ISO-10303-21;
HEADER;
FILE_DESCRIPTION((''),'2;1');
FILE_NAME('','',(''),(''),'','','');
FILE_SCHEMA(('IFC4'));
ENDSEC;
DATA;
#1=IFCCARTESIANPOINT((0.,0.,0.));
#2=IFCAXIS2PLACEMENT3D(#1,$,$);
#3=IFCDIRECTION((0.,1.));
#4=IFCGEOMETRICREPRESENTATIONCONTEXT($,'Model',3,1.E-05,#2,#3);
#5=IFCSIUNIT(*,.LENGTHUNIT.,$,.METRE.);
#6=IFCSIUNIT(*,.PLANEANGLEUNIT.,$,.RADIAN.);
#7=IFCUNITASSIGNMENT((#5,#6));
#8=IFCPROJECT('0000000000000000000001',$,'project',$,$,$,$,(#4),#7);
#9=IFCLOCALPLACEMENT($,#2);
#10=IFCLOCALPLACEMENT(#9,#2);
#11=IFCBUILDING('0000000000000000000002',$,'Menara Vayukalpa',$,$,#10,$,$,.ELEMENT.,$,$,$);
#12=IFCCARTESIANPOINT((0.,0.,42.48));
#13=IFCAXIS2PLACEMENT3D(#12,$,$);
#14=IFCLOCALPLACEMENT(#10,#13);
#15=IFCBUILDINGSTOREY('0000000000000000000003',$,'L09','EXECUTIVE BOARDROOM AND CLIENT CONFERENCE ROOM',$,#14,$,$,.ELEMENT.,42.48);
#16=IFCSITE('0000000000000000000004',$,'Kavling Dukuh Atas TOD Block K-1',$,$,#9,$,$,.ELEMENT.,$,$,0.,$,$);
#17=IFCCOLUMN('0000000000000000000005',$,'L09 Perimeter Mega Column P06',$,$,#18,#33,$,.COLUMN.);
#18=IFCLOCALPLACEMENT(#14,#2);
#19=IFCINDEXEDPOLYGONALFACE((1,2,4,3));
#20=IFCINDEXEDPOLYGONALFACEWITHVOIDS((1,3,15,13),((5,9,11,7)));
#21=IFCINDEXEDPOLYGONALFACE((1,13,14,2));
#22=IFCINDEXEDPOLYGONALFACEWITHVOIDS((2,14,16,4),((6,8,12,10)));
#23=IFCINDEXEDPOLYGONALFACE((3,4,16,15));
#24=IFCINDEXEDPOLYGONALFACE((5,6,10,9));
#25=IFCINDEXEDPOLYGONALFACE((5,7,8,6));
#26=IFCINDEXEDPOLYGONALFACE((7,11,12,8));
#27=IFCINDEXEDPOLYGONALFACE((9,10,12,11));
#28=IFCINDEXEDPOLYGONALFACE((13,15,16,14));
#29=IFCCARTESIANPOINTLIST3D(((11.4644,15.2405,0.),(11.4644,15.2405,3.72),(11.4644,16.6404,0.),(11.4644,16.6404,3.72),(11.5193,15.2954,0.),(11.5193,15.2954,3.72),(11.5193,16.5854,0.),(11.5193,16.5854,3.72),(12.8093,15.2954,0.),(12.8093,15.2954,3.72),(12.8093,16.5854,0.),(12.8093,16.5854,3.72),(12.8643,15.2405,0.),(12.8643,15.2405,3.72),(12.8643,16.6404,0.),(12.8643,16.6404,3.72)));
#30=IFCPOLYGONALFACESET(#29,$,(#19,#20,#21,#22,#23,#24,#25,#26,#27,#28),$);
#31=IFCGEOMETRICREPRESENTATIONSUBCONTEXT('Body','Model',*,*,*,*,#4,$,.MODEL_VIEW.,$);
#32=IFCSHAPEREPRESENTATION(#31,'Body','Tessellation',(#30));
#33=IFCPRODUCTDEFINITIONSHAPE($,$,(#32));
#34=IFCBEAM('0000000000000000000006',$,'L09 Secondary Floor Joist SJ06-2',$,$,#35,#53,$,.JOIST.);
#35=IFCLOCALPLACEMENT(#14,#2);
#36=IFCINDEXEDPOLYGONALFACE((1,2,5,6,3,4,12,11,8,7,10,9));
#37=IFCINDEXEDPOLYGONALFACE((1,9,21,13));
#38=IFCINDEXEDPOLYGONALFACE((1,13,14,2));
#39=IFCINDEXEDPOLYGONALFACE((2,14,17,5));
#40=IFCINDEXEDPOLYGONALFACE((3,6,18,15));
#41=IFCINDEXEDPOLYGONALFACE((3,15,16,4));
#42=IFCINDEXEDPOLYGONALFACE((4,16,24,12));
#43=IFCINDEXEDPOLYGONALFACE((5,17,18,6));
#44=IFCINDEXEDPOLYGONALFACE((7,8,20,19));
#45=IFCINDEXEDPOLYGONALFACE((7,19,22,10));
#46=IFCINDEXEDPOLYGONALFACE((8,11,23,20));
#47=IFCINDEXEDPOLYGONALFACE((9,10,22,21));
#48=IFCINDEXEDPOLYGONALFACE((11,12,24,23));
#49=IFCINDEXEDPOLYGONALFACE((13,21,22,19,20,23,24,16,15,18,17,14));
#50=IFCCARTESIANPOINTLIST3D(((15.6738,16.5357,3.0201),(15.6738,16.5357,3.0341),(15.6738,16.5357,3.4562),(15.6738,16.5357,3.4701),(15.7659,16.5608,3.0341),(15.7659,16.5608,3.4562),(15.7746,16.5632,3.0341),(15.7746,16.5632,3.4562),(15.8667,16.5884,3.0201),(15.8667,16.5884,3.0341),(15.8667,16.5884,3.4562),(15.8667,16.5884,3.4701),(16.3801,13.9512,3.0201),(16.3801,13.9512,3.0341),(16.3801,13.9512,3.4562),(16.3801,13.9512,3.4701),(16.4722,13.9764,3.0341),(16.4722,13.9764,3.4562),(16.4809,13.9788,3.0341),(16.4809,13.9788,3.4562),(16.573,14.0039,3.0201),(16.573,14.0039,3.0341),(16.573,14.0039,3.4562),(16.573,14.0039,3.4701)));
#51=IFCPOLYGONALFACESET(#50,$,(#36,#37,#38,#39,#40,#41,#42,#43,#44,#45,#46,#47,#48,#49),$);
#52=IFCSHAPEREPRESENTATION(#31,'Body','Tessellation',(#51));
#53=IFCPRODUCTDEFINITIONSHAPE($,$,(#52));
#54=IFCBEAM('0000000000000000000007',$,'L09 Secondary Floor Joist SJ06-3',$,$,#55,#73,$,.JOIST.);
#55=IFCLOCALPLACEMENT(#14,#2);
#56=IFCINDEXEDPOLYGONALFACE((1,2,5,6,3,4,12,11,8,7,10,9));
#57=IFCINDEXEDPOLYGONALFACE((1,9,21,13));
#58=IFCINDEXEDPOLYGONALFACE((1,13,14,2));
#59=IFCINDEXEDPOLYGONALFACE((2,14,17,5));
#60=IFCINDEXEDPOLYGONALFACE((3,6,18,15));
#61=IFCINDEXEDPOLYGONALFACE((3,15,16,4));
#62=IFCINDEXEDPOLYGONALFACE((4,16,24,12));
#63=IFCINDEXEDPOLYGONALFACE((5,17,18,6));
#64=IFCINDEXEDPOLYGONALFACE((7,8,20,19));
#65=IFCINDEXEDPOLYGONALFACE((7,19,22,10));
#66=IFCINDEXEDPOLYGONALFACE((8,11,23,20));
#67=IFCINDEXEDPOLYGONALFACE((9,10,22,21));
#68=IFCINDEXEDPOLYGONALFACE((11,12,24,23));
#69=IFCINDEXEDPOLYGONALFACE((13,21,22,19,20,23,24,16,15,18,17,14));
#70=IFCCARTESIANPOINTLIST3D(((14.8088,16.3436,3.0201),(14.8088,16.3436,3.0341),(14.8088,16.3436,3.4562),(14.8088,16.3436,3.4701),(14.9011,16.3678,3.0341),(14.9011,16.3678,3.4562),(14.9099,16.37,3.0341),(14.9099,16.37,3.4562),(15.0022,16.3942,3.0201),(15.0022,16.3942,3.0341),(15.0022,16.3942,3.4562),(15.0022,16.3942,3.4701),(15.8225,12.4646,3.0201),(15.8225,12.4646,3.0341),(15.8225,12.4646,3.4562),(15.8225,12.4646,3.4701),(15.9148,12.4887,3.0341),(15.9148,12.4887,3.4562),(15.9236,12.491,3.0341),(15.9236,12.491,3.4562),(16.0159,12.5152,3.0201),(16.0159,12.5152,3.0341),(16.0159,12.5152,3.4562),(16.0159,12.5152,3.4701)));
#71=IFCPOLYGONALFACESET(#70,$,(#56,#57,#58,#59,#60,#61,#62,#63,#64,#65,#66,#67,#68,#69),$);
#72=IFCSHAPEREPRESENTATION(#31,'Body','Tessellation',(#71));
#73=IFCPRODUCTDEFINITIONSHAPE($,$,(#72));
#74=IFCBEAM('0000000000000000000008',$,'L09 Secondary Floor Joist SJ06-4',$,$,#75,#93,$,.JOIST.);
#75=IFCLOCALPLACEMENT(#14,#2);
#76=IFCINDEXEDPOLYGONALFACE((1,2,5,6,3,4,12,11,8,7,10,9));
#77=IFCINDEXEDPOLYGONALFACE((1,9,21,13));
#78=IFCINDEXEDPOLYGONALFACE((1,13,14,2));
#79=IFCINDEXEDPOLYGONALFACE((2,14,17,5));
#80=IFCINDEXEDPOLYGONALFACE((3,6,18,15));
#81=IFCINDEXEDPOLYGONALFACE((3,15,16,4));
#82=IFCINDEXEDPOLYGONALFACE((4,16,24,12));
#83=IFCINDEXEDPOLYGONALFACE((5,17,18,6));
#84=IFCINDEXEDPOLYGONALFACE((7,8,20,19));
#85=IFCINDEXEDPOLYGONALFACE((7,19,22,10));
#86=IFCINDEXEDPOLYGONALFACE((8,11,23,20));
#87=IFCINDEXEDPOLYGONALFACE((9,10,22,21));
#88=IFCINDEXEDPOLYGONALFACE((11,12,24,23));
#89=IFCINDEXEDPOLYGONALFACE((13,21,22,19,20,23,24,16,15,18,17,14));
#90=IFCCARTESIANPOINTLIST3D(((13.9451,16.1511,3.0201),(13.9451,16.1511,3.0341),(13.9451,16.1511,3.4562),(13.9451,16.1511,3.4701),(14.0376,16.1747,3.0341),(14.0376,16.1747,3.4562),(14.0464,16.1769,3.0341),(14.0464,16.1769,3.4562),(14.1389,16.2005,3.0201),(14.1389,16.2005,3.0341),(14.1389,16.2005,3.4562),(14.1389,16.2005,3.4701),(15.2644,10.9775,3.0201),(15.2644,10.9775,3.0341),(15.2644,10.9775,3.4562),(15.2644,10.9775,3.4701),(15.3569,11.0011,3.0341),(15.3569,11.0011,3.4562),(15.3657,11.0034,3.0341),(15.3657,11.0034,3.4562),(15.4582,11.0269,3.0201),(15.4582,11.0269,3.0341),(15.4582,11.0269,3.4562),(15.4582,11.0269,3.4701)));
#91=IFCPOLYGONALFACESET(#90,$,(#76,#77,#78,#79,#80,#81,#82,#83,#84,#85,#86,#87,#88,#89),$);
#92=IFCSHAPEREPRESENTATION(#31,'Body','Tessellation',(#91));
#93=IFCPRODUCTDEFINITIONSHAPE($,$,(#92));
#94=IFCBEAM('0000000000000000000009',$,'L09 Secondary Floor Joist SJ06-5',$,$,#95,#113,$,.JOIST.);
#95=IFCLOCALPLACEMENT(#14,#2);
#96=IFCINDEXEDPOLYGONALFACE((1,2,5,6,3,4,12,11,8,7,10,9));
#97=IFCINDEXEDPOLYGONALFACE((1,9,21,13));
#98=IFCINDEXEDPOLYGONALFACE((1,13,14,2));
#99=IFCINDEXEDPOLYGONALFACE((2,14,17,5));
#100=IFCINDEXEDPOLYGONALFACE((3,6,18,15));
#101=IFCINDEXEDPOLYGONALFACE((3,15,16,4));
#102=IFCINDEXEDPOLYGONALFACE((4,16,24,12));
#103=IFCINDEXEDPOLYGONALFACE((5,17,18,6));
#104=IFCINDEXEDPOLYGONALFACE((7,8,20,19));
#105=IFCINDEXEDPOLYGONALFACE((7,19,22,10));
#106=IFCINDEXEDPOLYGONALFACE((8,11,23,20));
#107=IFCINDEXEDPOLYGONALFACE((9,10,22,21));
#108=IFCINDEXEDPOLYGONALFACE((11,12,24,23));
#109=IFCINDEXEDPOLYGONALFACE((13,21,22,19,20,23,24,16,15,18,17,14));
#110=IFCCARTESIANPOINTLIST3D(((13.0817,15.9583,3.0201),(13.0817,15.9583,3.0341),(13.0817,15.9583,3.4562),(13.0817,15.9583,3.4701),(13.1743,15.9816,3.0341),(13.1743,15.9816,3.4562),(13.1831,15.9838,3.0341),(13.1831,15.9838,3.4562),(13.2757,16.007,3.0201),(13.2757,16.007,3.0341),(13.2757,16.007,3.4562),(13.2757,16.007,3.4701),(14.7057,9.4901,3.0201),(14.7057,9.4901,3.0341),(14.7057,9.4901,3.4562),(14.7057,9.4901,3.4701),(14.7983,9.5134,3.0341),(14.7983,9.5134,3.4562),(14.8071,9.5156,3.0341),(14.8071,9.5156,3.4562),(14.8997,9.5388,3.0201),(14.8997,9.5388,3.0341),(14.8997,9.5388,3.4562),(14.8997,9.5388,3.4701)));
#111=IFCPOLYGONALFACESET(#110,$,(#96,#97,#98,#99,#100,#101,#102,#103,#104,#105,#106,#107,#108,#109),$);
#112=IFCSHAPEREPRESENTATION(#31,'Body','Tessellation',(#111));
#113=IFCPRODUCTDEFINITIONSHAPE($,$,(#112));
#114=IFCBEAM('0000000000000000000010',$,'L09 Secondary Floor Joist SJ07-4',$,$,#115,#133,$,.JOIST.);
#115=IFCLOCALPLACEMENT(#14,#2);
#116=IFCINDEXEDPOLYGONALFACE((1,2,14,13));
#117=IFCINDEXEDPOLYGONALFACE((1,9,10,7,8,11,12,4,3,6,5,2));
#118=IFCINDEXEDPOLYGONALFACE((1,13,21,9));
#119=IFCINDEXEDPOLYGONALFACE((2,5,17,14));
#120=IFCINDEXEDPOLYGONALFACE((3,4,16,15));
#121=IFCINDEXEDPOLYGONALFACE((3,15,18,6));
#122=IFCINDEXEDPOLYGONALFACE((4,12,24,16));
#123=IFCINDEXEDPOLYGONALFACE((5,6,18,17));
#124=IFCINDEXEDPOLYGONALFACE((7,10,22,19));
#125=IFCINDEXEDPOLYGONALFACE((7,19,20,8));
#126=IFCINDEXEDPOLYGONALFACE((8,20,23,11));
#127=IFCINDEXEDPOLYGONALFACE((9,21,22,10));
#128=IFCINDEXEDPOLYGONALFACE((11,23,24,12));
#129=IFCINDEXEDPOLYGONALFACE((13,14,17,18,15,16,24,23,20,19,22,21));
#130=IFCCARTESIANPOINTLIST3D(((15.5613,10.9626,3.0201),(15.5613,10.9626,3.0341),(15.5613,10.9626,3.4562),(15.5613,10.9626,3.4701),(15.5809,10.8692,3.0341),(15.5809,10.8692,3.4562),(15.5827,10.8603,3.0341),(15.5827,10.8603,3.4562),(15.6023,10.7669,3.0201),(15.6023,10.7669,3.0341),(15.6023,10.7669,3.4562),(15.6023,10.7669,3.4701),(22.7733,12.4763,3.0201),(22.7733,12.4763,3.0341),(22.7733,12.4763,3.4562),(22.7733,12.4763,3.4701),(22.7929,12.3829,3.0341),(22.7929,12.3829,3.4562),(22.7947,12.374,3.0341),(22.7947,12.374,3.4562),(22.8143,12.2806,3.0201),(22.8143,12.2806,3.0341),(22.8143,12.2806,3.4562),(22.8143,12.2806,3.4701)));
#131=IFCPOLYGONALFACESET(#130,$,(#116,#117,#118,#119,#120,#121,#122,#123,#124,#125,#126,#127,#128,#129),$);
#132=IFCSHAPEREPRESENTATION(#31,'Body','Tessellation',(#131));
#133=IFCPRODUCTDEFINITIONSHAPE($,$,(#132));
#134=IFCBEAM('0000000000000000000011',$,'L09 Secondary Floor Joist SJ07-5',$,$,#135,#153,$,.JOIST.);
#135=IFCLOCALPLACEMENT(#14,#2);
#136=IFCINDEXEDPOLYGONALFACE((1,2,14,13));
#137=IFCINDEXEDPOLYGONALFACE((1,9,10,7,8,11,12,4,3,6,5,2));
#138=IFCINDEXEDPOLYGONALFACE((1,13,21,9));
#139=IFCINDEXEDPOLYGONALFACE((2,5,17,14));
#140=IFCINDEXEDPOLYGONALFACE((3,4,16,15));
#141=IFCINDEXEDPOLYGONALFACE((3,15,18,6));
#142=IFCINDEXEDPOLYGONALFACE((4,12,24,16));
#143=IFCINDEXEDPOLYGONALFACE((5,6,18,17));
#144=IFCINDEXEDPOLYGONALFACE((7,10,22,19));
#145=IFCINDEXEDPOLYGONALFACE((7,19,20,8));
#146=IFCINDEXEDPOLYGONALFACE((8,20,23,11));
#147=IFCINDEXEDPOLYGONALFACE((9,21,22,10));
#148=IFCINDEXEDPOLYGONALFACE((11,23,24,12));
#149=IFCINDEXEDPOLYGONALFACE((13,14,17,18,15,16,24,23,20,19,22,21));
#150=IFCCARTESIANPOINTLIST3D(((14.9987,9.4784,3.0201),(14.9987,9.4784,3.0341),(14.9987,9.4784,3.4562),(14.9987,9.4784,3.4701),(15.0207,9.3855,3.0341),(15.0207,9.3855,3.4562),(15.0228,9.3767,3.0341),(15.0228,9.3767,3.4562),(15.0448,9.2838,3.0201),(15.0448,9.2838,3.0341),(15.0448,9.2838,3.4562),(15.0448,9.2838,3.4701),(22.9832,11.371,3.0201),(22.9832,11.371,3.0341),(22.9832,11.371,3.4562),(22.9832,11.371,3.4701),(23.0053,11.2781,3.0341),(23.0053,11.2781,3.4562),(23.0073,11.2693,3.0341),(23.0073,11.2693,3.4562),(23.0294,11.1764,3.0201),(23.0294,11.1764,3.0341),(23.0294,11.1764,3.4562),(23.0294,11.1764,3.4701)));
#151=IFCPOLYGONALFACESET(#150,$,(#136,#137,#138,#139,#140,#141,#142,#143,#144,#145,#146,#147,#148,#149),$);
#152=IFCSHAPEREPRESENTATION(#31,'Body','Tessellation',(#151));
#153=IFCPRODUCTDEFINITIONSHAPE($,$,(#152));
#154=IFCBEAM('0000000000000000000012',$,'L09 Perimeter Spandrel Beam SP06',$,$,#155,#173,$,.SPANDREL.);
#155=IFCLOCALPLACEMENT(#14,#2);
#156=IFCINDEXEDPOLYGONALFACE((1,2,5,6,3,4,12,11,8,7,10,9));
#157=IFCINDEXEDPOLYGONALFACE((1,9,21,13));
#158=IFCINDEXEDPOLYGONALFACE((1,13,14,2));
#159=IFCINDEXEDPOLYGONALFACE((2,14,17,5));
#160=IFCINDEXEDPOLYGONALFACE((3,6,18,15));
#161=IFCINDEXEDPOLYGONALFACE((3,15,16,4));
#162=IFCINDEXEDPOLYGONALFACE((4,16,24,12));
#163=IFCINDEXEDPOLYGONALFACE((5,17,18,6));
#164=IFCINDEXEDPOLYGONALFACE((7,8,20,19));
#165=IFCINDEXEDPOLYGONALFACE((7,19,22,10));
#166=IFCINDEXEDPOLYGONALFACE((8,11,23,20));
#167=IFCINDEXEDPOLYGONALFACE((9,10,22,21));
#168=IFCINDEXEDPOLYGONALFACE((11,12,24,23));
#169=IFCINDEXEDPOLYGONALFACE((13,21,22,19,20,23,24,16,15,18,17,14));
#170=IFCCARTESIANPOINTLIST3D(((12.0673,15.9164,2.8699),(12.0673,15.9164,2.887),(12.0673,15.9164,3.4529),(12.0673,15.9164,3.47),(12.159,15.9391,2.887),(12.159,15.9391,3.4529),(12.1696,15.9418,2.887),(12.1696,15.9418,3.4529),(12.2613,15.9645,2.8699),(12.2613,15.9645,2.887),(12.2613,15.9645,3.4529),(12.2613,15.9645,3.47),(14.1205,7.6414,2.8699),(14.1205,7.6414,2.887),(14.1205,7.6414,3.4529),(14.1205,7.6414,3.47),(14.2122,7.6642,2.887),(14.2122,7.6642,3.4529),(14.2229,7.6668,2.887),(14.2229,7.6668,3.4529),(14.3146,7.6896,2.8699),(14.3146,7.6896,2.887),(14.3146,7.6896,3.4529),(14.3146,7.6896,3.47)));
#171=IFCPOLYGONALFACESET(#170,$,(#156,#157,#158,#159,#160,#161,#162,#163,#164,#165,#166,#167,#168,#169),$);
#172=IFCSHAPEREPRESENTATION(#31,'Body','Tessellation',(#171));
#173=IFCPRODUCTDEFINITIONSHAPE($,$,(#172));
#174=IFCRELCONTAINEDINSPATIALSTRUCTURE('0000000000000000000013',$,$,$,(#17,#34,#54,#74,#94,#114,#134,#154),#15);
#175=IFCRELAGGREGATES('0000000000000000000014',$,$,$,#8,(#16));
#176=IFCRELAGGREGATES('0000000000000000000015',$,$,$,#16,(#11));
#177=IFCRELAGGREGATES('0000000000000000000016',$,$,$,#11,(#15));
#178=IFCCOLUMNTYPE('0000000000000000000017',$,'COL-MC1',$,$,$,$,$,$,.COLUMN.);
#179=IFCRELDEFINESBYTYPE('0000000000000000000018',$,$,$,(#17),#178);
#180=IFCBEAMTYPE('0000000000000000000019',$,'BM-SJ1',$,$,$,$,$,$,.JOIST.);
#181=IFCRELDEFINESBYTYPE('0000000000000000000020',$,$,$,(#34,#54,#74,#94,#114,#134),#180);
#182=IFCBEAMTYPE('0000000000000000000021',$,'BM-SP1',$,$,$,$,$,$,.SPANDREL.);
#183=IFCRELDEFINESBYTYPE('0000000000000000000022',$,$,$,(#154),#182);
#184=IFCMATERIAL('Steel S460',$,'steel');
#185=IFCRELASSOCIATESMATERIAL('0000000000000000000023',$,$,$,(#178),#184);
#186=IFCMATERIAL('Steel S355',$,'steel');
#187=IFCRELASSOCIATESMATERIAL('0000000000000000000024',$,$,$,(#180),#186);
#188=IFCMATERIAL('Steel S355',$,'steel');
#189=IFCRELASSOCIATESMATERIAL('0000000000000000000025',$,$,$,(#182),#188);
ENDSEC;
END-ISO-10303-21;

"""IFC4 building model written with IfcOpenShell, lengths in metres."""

from ifc_helpers import new_model, si_unit, direction, frame, origin, origin_2d, place, context, subcontext, project, spatial, hollow_rectangle, i_section, extrude, material, material_profile, profile_set, type_object, element, save


model = new_model("IFC4")

# Units and contexts
model_context = context("Model", 3, precision=1e-05, world=origin(), true_north=direction((0.0, 1.0)))
body_context = subcontext(model_context, "Body", "Model", "MODEL_VIEW")
ifc_project = project(units=[si_unit("LENGTHUNIT", "METRE"), si_unit("PLANEANGLEUNIT", "RADIAN")], contexts=[model_context])

# Site, building, storey
site_placement = place(None, origin())
site = spatial("IfcSite", under=ifc_project, at=site_placement, Name="Kavling Dukuh Atas TOD Block K-1", CompositionType="ELEMENT", RefElevation=0.0)
building_placement = place(site_placement, origin())
building = spatial("IfcBuilding", under=site, at=building_placement, Name="Menara Vayukalpa", CompositionType="ELEMENT")
storey_placement = place(building_placement, frame((0.0, 0.0, 42.48)))
storey = spatial("IfcBuildingStorey", under=building, at=storey_placement, Name="L09", Description="EXECUTIVE BOARDROOM AND CLIENT CONFERENCE ROOM", CompositionType="ELEMENT", Elevation=42.48)

# Column
ifc_material_1 = material(Name="Steel S460", Category="steel")
ifc_material_profile_1 = material_profile(ifc_material_1, hollow_rectangle(XDim=1.3999, YDim=1.3999, WallThickness=0.0549, at=origin_2d()), Name="BOX 1400x1400x55")
ifc_profile_set_1 = profile_set([ifc_material_profile_1], Name="Steel S460")
column_type = type_object("IfcColumnType", Name="COL-MC1", PredefinedType="COLUMN", material=ifc_profile_set_1)
column_placement = place(storey_placement, frame((12.1643, 15.9404, 0.0), z_axis=(0.0, 0.0, 1.0), x_axis=(1.0, 0.0, 0.0)))
element("IfcColumn", 1, at=column_placement, inside=storey, type_object=column_type, Name="L09 Perimeter Mega Column P06", PredefinedType="COLUMN", context=body_context, shape_type="SweptSolid", body=[
    extrude(hollow_rectangle(XDim=1.3999, YDim=1.3999, WallThickness=0.0549, at=origin_2d()), origin(), (0.0, 0.0, 1.0), 3.72),
])

# Beams
ifc_material_2 = material(Name="Steel S355", Category="steel")
ifc_material_profile_2 = material_profile(ifc_material_2, i_section(OverallWidth=0.2, OverallDepth=0.45, WebThickness=0.009, FlangeThickness=0.0139, at=origin_2d()), Name="WF 450x200x9x14")
ifc_profile_set_2 = profile_set([ifc_material_profile_2], Name="Steel S355")
beam_type_1 = type_object("IfcBeamType", Name="BM-SJ1", PredefinedType="JOIST", material=ifc_profile_set_2)
beam_1_placement = place(storey_placement, frame((15.7703, 16.562, 3.2451), z_axis=(0.263619, -0.964627, 0.0), x_axis=(0.964627, 0.263619, 0.0)))
element("IfcBeam", 2, at=beam_1_placement, inside=storey, type_object=beam_type_1, Name="L09 Secondary Floor Joist SJ06-2", PredefinedType="JOIST", context=body_context, shape_type="SweptSolid", body=[
    extrude(i_section(OverallWidth=0.2, OverallDepth=0.45, WebThickness=0.009, FlangeThickness=0.0139, at=origin_2d()), origin(), (0.0, 0.0, 1.0), 2.6792),
])
beam_2_placement = place(storey_placement, frame((14.9055, 16.3689, 3.2451), z_axis=(0.252838, -0.967509, 0.0), x_axis=(0.967509, 0.252838, 0.0)))
element("IfcBeam", 3, at=beam_2_placement, inside=storey, type_object=beam_type_1, Name="L09 Secondary Floor Joist SJ06-3", PredefinedType="JOIST", context=body_context, shape_type="SweptSolid", body=[
    extrude(i_section(OverallWidth=0.2, OverallDepth=0.45, WebThickness=0.009, FlangeThickness=0.0139, at=origin_2d()), origin(), (0.0, 0.0, 1.0), 4.0093),
])
beam_3_placement = place(storey_placement, frame((14.042, 16.1758, 3.2451), z_axis=(0.247106, -0.968989, 0.0), x_axis=(0.968989, 0.247106, 0.0)))
element("IfcBeam", 4, at=beam_3_placement, inside=storey, type_object=beam_type_1, Name="L09 Secondary Floor Joist SJ06-4", PredefinedType="JOIST", context=body_context, shape_type="SweptSolid", body=[
    extrude(i_section(OverallWidth=0.2, OverallDepth=0.45, WebThickness=0.009, FlangeThickness=0.0139, at=origin_2d()), origin(), (0.0, 0.0, 1.0), 5.3391),
])
beam_4_placement = place(storey_placement, frame((13.1787, 15.9827, 3.2451), z_axis=(0.243517, -0.969897, 0.0), x_axis=(0.969897, 0.243517, 0.0)))
element("IfcBeam", 5, at=beam_4_placement, inside=storey, type_object=beam_type_1, Name="L09 Secondary Floor Joist SJ06-5", PredefinedType="JOIST", context=body_context, shape_type="SweptSolid", body=[
    extrude(i_section(OverallWidth=0.2, OverallDepth=0.45, WebThickness=0.009, FlangeThickness=0.0139, at=origin_2d()), origin(), (0.0, 0.0, 1.0), 6.6689),
])
beam_5_placement = place(storey_placement, frame((15.5818, 10.8647, 3.2451), z_axis=(0.978676, 0.205409, 0.0), x_axis=(-0.205409, 0.978676, 0.0)))
element("IfcBeam", 6, at=beam_5_placement, inside=storey, type_object=beam_type_1, Name="L09 Secondary Floor Joist SJ07-4", PredefinedType="JOIST", context=body_context, shape_type="SweptSolid", body=[
    extrude(i_section(OverallWidth=0.2, OverallDepth=0.45, WebThickness=0.009, FlangeThickness=0.0139, at=origin_2d()), origin(), (0.0, 0.0, 1.0), 7.3691),
])
beam_6_placement = place(storey_placement, frame((15.0217, 9.3811, 3.2451), z_axis=(0.97304, 0.230638, 0.0), x_axis=(-0.230638, 0.97304, 0.0)))
element("IfcBeam", 7, at=beam_6_placement, inside=storey, type_object=beam_type_1, Name="L09 Secondary Floor Joist SJ07-5", PredefinedType="JOIST", context=body_context, shape_type="SweptSolid", body=[
    extrude(i_section(OverallWidth=0.2, OverallDepth=0.45, WebThickness=0.009, FlangeThickness=0.0139, at=origin_2d()), origin(), (0.0, 0.0, 1.0), 8.2058),
])
ifc_material_3 = material(Name="Steel S355", Category="steel")
ifc_material_profile_3 = material_profile(ifc_material_3, i_section(OverallWidth=0.2, OverallDepth=0.6001, WebThickness=0.011, FlangeThickness=0.0171, at=origin_2d()), Name="WF 600x200x11x17")
ifc_profile_set_3 = profile_set([ifc_material_profile_3], Name="Steel S355")
beam_type_2 = type_object("IfcBeamType", Name="BM-SP1", PredefinedType="SPANDREL", material=ifc_profile_set_3)
beam_7_placement = place(storey_placement, frame((12.1643, 15.9404, 3.1699), z_axis=(0.240824, -0.970569, 0.0), x_axis=(0.970569, 0.240824, 0.0)))
element("IfcBeam", 8, at=beam_7_placement, inside=storey, type_object=beam_type_2, Name="L09 Perimeter Spandrel Beam SP06", PredefinedType="SPANDREL", context=body_context, shape_type="SweptSolid", body=[
    extrude(i_section(OverallWidth=0.2, OverallDepth=0.6001, WebThickness=0.011, FlangeThickness=0.0171, at=origin_2d()), origin(), (0.0, 0.0, 1.0), 8.5259),
])

save(model, "model.ifc")
